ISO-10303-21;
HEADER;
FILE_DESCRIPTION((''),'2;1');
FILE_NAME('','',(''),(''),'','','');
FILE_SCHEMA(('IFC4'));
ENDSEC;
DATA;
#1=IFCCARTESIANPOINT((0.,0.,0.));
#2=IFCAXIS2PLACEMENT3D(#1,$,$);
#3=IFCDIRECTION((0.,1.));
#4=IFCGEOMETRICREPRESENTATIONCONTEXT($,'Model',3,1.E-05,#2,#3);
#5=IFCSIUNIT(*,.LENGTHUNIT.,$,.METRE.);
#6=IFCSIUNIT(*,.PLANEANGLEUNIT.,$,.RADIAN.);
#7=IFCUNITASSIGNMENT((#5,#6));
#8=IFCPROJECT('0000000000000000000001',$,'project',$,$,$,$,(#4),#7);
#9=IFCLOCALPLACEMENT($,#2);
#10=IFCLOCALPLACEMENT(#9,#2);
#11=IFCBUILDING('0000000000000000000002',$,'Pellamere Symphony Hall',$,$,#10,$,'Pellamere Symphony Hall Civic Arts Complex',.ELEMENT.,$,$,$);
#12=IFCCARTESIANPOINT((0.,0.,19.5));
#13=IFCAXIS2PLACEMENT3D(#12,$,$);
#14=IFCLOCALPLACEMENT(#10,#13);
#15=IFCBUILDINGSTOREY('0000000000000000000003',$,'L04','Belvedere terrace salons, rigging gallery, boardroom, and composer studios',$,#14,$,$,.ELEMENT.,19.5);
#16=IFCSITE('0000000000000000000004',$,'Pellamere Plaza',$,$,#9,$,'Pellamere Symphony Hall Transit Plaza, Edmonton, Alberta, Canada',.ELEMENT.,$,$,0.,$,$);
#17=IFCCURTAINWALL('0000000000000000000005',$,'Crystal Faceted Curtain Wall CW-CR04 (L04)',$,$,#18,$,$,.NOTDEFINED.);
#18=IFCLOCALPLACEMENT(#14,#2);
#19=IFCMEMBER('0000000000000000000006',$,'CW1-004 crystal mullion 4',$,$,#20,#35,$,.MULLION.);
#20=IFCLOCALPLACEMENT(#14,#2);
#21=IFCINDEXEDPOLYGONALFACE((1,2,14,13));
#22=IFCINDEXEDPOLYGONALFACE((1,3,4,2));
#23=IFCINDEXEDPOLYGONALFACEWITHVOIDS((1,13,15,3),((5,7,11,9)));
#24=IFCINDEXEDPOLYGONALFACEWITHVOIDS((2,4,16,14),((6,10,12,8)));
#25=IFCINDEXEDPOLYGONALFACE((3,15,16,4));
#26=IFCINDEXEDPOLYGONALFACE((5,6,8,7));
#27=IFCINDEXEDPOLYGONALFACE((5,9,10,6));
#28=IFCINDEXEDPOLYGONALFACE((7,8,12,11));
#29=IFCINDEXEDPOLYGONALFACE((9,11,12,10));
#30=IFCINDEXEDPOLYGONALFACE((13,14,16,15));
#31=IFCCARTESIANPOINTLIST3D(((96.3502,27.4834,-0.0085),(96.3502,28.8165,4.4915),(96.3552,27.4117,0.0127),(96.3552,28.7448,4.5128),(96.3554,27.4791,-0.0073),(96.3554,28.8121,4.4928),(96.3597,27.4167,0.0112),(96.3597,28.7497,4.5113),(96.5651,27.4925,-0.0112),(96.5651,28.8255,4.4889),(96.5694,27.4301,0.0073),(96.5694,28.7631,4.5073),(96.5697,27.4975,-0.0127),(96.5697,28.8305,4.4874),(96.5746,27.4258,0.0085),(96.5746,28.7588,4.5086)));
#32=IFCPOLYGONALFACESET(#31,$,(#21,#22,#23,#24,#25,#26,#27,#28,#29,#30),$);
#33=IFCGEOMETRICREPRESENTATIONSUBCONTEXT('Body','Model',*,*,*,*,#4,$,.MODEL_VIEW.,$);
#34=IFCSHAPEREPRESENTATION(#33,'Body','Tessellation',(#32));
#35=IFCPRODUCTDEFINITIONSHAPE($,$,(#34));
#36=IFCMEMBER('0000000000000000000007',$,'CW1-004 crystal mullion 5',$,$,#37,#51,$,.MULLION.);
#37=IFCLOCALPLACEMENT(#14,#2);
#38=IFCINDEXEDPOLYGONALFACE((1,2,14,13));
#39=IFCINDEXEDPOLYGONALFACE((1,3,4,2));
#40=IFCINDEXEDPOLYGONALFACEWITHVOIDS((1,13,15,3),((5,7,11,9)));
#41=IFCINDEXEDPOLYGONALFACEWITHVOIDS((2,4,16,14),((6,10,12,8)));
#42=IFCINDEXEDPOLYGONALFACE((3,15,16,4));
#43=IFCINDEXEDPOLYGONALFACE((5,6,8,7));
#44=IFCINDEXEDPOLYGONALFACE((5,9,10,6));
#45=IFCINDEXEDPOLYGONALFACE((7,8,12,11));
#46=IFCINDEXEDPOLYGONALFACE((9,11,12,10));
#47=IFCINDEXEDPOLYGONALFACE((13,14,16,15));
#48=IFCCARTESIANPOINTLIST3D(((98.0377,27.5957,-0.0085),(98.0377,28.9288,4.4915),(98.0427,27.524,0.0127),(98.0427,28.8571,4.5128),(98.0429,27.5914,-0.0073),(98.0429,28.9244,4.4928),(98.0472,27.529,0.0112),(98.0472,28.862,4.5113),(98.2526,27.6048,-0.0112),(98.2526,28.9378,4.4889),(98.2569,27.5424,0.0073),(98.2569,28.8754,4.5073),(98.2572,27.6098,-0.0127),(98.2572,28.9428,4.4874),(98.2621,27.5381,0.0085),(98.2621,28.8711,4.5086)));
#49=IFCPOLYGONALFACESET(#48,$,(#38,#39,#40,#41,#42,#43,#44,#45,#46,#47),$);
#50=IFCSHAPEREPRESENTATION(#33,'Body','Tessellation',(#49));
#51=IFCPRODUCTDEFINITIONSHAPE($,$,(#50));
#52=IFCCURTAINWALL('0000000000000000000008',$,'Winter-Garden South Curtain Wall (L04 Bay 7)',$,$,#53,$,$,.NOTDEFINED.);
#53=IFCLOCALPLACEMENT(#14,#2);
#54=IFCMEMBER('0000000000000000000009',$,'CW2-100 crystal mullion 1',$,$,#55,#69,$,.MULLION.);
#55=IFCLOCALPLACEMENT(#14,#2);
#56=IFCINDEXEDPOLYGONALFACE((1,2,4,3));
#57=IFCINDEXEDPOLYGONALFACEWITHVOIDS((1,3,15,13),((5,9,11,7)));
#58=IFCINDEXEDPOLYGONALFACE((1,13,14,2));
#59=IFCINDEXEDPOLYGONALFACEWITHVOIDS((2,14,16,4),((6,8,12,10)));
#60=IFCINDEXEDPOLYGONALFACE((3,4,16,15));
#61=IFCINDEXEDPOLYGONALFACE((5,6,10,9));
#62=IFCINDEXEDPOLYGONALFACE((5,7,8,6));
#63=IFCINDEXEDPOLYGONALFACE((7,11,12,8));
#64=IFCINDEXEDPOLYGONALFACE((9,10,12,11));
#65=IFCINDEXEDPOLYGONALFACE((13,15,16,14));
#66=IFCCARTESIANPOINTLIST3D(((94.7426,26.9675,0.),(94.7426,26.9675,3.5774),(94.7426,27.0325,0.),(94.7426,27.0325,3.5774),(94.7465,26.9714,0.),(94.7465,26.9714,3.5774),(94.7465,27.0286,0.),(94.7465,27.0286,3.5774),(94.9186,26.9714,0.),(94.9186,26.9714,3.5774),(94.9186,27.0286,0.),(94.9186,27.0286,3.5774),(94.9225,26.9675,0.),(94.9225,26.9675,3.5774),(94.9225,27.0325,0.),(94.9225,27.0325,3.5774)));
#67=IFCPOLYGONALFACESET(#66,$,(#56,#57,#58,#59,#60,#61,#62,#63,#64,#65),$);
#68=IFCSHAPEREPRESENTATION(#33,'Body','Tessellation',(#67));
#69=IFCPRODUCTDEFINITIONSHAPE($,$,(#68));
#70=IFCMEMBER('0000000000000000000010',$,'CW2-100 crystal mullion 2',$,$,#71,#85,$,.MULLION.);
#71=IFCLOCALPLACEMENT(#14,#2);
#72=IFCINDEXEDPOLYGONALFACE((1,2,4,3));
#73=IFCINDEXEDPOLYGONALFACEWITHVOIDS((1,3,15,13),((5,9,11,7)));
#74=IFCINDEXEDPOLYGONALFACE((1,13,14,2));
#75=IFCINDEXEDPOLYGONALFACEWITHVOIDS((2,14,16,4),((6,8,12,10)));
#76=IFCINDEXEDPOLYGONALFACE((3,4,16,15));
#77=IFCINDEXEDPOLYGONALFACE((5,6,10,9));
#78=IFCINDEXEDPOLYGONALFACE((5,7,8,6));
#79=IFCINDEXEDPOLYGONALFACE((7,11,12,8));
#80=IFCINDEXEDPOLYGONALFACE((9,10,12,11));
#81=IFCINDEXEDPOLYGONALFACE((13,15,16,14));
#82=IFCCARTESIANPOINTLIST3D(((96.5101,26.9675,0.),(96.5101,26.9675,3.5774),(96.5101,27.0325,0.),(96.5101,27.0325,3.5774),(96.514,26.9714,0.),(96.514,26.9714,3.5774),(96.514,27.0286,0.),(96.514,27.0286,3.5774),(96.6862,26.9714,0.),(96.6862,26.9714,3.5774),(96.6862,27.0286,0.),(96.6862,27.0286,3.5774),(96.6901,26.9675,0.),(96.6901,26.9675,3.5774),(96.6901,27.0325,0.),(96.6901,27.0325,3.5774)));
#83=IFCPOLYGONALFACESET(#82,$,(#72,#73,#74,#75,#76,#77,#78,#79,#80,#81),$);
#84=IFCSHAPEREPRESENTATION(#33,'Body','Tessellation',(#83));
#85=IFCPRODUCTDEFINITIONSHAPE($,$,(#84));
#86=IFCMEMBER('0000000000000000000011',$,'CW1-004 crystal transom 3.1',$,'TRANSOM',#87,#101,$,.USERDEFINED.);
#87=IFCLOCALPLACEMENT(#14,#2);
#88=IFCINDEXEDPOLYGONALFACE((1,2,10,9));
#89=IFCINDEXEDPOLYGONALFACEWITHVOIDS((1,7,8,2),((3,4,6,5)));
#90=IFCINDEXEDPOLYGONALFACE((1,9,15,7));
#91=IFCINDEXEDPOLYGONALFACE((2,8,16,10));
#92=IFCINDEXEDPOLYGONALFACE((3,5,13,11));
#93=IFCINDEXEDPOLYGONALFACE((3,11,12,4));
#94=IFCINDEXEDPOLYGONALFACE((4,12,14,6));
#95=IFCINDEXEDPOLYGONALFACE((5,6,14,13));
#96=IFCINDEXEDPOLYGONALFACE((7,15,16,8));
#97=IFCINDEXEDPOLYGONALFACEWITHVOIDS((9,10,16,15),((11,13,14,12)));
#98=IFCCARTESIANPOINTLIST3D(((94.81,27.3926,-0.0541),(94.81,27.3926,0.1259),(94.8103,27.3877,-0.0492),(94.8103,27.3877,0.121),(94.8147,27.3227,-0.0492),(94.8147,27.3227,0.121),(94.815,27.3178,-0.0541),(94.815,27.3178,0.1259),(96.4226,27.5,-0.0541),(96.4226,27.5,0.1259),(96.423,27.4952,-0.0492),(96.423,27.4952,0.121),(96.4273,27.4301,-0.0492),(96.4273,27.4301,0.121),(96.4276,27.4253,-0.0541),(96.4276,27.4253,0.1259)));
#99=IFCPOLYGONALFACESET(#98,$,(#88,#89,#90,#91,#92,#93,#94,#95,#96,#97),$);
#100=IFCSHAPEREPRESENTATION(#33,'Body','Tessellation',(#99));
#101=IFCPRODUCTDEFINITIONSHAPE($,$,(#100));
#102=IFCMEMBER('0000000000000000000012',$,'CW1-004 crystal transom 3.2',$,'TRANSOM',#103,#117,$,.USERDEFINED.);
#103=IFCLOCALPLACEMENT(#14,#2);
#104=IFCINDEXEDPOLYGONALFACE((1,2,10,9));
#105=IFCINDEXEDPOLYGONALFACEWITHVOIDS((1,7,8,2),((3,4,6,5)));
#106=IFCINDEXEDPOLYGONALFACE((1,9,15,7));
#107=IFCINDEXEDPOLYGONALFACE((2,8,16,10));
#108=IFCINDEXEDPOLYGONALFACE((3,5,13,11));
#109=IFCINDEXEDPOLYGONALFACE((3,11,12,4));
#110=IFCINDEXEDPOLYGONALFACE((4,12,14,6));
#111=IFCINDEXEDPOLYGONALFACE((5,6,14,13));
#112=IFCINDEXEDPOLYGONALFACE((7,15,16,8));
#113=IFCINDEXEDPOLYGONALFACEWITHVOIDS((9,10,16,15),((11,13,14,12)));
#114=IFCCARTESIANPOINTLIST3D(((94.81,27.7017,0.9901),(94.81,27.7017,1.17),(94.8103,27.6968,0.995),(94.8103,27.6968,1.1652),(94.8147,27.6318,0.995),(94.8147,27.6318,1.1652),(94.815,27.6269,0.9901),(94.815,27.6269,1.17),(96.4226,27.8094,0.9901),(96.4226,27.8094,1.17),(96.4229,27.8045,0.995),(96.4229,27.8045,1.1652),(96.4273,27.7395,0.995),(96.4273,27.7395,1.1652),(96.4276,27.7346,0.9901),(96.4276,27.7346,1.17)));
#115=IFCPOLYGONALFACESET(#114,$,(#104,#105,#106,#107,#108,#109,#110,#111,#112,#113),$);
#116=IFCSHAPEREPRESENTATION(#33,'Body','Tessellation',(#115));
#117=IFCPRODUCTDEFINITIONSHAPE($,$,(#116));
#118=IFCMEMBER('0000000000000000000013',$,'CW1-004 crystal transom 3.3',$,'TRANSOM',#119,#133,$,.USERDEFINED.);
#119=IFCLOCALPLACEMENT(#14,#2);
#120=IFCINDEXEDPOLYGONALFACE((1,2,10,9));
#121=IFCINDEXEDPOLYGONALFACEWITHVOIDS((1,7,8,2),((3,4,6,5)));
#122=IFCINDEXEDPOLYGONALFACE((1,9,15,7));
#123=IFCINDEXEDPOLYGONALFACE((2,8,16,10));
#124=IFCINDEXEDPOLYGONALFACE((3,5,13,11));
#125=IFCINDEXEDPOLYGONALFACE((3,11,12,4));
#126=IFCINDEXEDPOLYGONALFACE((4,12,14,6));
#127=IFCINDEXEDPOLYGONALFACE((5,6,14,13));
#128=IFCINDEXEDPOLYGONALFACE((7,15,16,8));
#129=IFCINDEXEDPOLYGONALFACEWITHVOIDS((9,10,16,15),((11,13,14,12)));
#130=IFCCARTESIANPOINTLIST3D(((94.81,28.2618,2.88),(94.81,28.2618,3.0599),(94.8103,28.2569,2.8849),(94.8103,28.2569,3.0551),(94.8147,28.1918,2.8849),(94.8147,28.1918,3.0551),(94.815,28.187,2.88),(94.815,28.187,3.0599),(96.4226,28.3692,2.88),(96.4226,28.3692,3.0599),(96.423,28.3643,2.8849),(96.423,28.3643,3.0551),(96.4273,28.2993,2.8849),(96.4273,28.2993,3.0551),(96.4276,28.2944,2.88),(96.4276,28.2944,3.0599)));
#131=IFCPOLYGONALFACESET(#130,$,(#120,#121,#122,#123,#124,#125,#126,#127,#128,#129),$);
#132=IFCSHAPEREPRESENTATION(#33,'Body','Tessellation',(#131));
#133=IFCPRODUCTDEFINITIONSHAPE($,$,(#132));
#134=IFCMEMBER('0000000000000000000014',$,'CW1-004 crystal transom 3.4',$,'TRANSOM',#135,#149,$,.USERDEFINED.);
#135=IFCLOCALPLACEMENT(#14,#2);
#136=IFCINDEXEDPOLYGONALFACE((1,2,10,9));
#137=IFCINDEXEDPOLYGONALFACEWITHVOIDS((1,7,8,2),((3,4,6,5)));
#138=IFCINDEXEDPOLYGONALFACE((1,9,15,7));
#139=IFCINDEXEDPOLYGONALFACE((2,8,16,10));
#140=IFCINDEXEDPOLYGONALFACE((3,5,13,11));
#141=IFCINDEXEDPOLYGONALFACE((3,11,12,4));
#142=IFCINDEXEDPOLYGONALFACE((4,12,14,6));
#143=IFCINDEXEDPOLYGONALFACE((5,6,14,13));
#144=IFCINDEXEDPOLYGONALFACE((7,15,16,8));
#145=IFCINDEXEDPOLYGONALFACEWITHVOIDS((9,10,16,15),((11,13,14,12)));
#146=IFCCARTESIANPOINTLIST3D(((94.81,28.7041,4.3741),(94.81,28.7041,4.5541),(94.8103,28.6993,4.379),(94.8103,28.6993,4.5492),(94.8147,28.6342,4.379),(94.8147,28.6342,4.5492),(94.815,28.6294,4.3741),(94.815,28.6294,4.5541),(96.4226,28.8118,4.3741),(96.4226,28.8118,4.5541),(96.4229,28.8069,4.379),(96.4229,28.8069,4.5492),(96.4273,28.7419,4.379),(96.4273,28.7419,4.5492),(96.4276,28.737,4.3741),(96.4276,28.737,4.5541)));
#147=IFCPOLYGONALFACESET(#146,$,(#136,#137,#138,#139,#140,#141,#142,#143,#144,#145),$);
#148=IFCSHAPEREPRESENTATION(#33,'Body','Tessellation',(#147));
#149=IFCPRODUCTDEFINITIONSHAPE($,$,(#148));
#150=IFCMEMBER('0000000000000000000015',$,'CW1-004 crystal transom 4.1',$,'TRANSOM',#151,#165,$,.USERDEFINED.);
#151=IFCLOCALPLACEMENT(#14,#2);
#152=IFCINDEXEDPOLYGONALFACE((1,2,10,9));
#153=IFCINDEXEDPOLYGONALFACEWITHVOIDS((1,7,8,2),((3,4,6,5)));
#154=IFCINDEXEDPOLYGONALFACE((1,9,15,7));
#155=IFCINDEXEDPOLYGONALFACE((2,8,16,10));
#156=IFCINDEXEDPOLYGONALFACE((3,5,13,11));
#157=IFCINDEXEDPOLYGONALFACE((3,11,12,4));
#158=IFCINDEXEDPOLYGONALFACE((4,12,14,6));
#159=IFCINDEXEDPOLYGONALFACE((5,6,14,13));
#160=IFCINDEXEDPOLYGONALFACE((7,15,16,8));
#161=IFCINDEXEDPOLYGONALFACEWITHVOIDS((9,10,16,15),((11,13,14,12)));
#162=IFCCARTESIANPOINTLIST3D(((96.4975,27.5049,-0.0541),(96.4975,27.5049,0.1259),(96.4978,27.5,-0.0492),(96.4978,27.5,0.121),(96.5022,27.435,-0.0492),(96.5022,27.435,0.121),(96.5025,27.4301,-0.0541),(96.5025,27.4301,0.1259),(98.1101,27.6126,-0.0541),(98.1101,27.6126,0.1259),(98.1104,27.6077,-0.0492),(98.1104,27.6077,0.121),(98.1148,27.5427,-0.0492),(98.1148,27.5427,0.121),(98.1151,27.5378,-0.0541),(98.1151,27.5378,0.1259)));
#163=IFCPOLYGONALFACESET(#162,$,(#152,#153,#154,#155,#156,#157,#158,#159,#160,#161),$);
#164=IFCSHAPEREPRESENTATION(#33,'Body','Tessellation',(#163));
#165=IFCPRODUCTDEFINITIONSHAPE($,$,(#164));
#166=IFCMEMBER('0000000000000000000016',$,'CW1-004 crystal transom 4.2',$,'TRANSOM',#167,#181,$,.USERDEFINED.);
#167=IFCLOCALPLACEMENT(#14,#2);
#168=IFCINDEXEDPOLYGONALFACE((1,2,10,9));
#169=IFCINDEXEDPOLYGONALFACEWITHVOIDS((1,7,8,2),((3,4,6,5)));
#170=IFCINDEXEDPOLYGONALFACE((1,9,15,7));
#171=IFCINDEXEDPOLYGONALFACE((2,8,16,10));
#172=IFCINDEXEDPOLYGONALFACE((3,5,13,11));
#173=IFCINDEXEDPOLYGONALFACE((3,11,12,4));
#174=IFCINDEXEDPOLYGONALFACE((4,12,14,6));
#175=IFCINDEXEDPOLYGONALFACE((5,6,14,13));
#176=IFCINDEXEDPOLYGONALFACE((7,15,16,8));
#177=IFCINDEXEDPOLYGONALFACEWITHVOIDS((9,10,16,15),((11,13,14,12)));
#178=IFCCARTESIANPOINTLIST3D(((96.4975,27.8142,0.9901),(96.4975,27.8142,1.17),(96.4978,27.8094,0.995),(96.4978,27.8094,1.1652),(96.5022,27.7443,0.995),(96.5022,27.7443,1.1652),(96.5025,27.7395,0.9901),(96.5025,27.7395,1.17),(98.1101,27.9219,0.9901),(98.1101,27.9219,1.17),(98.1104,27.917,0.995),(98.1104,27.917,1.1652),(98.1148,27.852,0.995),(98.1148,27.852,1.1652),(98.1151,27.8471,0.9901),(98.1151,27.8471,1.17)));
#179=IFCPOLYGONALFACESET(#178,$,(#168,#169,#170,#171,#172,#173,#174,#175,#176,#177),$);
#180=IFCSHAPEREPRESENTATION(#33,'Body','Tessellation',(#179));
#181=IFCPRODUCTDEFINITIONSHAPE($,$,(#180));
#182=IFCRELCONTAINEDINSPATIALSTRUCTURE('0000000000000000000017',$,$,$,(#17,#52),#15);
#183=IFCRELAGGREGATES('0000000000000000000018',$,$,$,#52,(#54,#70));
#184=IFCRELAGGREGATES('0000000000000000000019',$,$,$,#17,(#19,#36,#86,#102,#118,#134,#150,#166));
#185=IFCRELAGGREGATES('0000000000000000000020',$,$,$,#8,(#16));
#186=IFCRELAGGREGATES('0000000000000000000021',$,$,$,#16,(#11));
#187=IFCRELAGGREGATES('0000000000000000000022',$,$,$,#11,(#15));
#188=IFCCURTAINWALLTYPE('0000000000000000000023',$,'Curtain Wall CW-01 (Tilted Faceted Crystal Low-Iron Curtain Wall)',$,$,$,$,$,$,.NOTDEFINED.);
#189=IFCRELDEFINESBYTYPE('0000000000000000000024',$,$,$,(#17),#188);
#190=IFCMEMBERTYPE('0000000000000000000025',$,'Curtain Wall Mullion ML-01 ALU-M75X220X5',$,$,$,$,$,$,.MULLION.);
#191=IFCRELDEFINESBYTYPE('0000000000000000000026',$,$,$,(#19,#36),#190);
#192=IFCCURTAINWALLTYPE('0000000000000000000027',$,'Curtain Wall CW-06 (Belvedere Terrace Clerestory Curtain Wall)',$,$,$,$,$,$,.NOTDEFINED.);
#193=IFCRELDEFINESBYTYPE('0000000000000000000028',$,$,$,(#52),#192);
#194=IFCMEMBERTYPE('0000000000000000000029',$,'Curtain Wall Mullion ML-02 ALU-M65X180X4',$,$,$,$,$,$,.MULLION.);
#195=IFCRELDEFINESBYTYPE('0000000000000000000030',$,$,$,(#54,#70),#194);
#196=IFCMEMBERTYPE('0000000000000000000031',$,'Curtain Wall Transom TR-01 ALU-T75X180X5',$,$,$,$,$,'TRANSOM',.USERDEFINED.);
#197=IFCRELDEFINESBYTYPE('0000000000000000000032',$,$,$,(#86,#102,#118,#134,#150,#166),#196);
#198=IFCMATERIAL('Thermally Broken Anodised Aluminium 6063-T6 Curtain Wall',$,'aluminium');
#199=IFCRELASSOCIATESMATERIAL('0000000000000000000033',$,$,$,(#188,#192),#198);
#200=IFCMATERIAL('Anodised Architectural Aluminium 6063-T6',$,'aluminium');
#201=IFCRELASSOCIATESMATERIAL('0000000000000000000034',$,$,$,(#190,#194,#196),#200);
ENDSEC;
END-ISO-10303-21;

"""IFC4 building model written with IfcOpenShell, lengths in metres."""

from ifc_helpers import new_model, si_unit, direction, frame, origin, origin_2d, place, context, subcontext, project, spatial, hollow_rectangle, extrude, material, material_profile, profile_set, type_object, element, aggregate, save


model = new_model("IFC4")

# Units and contexts
model_context = context("Model", 3, precision=1e-05, world=origin(), true_north=direction((0.0, 1.0)))
body_context = subcontext(model_context, "Body", "Model", "MODEL_VIEW")
ifc_project = project(units=[si_unit("LENGTHUNIT", "METRE"), si_unit("PLANEANGLEUNIT", "RADIAN")], contexts=[model_context])

# Site, building, storey
site_placement = place(None, origin())
site = spatial("IfcSite", under=ifc_project, at=site_placement, Name="Pellamere Plaza", LongName="Pellamere Symphony Hall Transit Plaza, Edmonton, Alberta, Canada", CompositionType="ELEMENT", RefElevation=0.0)
building_placement = place(site_placement, origin())
building = spatial("IfcBuilding", under=site, at=building_placement, Name="Pellamere Symphony Hall", LongName="Pellamere Symphony Hall Civic Arts Complex", CompositionType="ELEMENT")
storey_placement = place(building_placement, frame((0.0, 0.0, 19.5)))
storey = spatial("IfcBuildingStorey", under=building, at=storey_placement, Name="L04", Description="Belvedere terrace salons, rigging gallery, boardroom, and composer studios", CompositionType="ELEMENT", Elevation=19.5)

# Curtain walls, members
ifc_material_1 = material(Name="Thermally Broken Anodised Aluminium 6063-T6 Curtain Wall", Category="aluminium")
curtain_wall_type_1 = type_object("IfcCurtainWallType", Name="Curtain Wall CW-01 (Tilted Faceted Crystal Low-Iron Curtain Wall)", PredefinedType="NOTDEFINED", material=ifc_material_1)
curtain_wall_1_placement = place(storey_placement, origin())
curtain_wall_1 = element("IfcCurtainWall", 1, at=curtain_wall_1_placement, inside=storey, type_object=curtain_wall_type_1, Name="Crystal Faceted Curtain Wall CW-CR04 (L04)", PredefinedType="NOTDEFINED")
ifc_material_2 = material(Name="Anodised Architectural Aluminium 6063-T6", Category="aluminium")
ifc_material_profile_1 = material_profile(ifc_material_2, hollow_rectangle(XDim=0.075, YDim=0.22, WallThickness=0.0049, at=origin_2d()), Name="ALU-M75X220X5")
ifc_profile_set_1 = profile_set([ifc_material_profile_1], Name="Anodised Architectural Aluminium 6063-T6")
member_type_1 = type_object("IfcMemberType", Name="Curtain Wall Mullion ML-01 ALU-M75X220X5", PredefinedType="MULLION", material=ifc_profile_set_1)
member_1_placement = place(storey_placement, frame((96.4624, 27.4546, 0.0), z_axis=(0.0, 0.284025, 0.958817), x_axis=(0.066519, -0.956693, 0.283395)))
member_1 = element("IfcMember", 2, at=member_1_placement, type_object=member_type_1, Name="CW1-004 crystal mullion 4", PredefinedType="MULLION", context=body_context, shape_type="SweptSolid", body=[
    extrude(hollow_rectangle(XDim=0.075, YDim=0.22, WallThickness=0.0049, at=origin_2d()), origin(), (0.0, 0.0, 1.0), 4.6934),
])
member_2_placement = place(storey_placement, frame((98.1499, 27.5669, 0.0), z_axis=(0.0, 0.284025, 0.958817), x_axis=(0.066519, -0.956693, 0.283395)))
member_2 = element("IfcMember", 3, at=member_2_placement, type_object=member_type_1, Name="CW1-004 crystal mullion 5", PredefinedType="MULLION", context=body_context, shape_type="SweptSolid", body=[
    extrude(hollow_rectangle(XDim=0.075, YDim=0.22, WallThickness=0.0049, at=origin_2d()), origin(), (0.0, 0.0, 1.0), 4.6934),
])
curtain_wall_type_2 = type_object("IfcCurtainWallType", Name="Curtain Wall CW-06 (Belvedere Terrace Clerestory Curtain Wall)", PredefinedType="NOTDEFINED", material=ifc_material_1)
curtain_wall_2_placement = place(storey_placement, origin())
curtain_wall_2 = element("IfcCurtainWall", 4, at=curtain_wall_2_placement, inside=storey, type_object=curtain_wall_type_2, Name="Winter-Garden South Curtain Wall (L04 Bay 7)", PredefinedType="NOTDEFINED")
ifc_material_profile_2 = material_profile(ifc_material_2, hollow_rectangle(XDim=0.0649, YDim=0.1799, WallThickness=0.0039, at=origin_2d()), Name="ALU-M65X180X4")
ifc_profile_set_2 = profile_set([ifc_material_profile_2], Name="Anodised Architectural Aluminium 6063-T6")
member_type_2 = type_object("IfcMemberType", Name="Curtain Wall Mullion ML-02 ALU-M65X180X4", PredefinedType="MULLION", material=ifc_profile_set_2)
member_3_placement = place(storey_placement, frame((94.8325, 27.0, 0.0), z_axis=(0.0, 0.0, 1.0), x_axis=(0.0, 1.0, 0.0)))
member_3 = element("IfcMember", 5, at=member_3_placement, type_object=member_type_2, Name="CW2-100 crystal mullion 1", PredefinedType="MULLION", context=body_context, shape_type="SweptSolid", body=[
    extrude(hollow_rectangle(XDim=0.0649, YDim=0.1799, WallThickness=0.0039, at=origin_2d()), origin(), (0.0, 0.0, 1.0), 3.5774),
])
member_4_placement = place(storey_placement, frame((96.6001, 27.0, 0.0), z_axis=(0.0, 0.0, 1.0), x_axis=(0.0, 1.0, 0.0)))
member_4 = element("IfcMember", 6, at=member_4_placement, type_object=member_type_2, Name="CW2-100 crystal mullion 2", PredefinedType="MULLION", context=body_context, shape_type="SweptSolid", body=[
    extrude(hollow_rectangle(XDim=0.0649, YDim=0.1799, WallThickness=0.0039, at=origin_2d()), origin(), (0.0, 0.0, 1.0), 3.5774),
])

# Members
ifc_material_profile_3 = material_profile(ifc_material_2, hollow_rectangle(XDim=0.075, YDim=0.1799, WallThickness=0.0049, at=origin_2d()), Name="ALU-T75X180X5")
ifc_profile_set_3 = profile_set([ifc_material_profile_3], Name="Anodised Architectural Aluminium 6063-T6")
member_type_3 = type_object("IfcMemberType", Name="Curtain Wall Transom TR-01 ALU-T75X180X5", ElementType="TRANSOM", PredefinedType="USERDEFINED", material=ifc_profile_set_3)
member_5_placement = place(storey_placement, frame((94.8125, 27.3552, 0.0359), z_axis=(0.997788, 0.066469, 0.0), x_axis=(-0.066469, 0.997788, 0.0)))
member_5 = element("IfcMember", 7, at=member_5_placement, type_object=member_type_3, Name="CW1-004 crystal transom 3.1", ObjectType="TRANSOM", PredefinedType="USERDEFINED", context=body_context, shape_type="SweptSolid", body=[
    extrude(hollow_rectangle(XDim=0.075, YDim=0.1799, WallThickness=0.0049, at=origin_2d()), origin(), (0.0, 0.0, 1.0), 1.6162),
])
member_6_placement = place(storey_placement, frame((94.8125, 27.6643, 1.0801), z_axis=(0.997778, 0.066619, 0.0), x_axis=(-0.066619, 0.997778, 0.0)))
member_6 = element("IfcMember", 8, at=member_6_placement, type_object=member_type_3, Name="CW1-004 crystal transom 3.2", ObjectType="TRANSOM", PredefinedType="USERDEFINED", context=body_context, shape_type="SweptSolid", body=[
    extrude(hollow_rectangle(XDim=0.075, YDim=0.1799, WallThickness=0.0049, at=origin_2d()), origin(), (0.0, 0.0, 1.0), 1.6162),
])
member_7_placement = place(storey_placement, frame((94.8125, 28.2244, 2.97), z_axis=(0.997788, 0.066469, 0.0), x_axis=(-0.066469, 0.997788, 0.0)))
member_7 = element("IfcMember", 9, at=member_7_placement, type_object=member_type_3, Name="CW1-004 crystal transom 3.3", ObjectType="TRANSOM", PredefinedType="USERDEFINED", context=body_context, shape_type="SweptSolid", body=[
    extrude(hollow_rectangle(XDim=0.075, YDim=0.1799, WallThickness=0.0049, at=origin_2d()), origin(), (0.0, 0.0, 1.0), 1.6162),
])
member_8_placement = place(storey_placement, frame((94.8125, 28.6667, 4.4641), z_axis=(0.997778, 0.066619, 0.0), x_axis=(-0.066619, 0.997778, 0.0)))
member_8 = element("IfcMember", 10, at=member_8_placement, type_object=member_type_3, Name="CW1-004 crystal transom 3.4", ObjectType="TRANSOM", PredefinedType="USERDEFINED", context=body_context, shape_type="SweptSolid", body=[
    extrude(hollow_rectangle(XDim=0.075, YDim=0.1799, WallThickness=0.0049, at=origin_2d()), origin(), (0.0, 0.0, 1.0), 1.6162),
])
member_9_placement = place(storey_placement, frame((96.5, 27.4675, 0.0359), z_axis=(0.997778, 0.066619, 0.0), x_axis=(-0.066619, 0.997778, 0.0)))
member_9 = element("IfcMember", 11, at=member_9_placement, type_object=member_type_3, Name="CW1-004 crystal transom 4.1", ObjectType="TRANSOM", PredefinedType="USERDEFINED", context=body_context, shape_type="SweptSolid", body=[
    extrude(hollow_rectangle(XDim=0.075, YDim=0.1799, WallThickness=0.0049, at=origin_2d()), origin(), (0.0, 0.0, 1.0), 1.6162),
])
member_10_placement = place(storey_placement, frame((96.5, 27.7769, 1.0801), z_axis=(0.997778, 0.066619, 0.0), x_axis=(-0.066619, 0.997778, 0.0)))
member_10 = element("IfcMember", 12, at=member_10_placement, type_object=member_type_3, Name="CW1-004 crystal transom 4.2", ObjectType="TRANSOM", PredefinedType="USERDEFINED", context=body_context, shape_type="SweptSolid", body=[
    extrude(hollow_rectangle(XDim=0.075, YDim=0.1799, WallThickness=0.0049, at=origin_2d()), origin(), (0.0, 0.0, 1.0), 1.6162),
])

aggregate(curtain_wall_2, [member_3, member_4])
aggregate(curtain_wall_1, [member_1, member_2, member_5, member_6, member_7, member_8, member_9, member_10])

save(model, "model.ifc")
